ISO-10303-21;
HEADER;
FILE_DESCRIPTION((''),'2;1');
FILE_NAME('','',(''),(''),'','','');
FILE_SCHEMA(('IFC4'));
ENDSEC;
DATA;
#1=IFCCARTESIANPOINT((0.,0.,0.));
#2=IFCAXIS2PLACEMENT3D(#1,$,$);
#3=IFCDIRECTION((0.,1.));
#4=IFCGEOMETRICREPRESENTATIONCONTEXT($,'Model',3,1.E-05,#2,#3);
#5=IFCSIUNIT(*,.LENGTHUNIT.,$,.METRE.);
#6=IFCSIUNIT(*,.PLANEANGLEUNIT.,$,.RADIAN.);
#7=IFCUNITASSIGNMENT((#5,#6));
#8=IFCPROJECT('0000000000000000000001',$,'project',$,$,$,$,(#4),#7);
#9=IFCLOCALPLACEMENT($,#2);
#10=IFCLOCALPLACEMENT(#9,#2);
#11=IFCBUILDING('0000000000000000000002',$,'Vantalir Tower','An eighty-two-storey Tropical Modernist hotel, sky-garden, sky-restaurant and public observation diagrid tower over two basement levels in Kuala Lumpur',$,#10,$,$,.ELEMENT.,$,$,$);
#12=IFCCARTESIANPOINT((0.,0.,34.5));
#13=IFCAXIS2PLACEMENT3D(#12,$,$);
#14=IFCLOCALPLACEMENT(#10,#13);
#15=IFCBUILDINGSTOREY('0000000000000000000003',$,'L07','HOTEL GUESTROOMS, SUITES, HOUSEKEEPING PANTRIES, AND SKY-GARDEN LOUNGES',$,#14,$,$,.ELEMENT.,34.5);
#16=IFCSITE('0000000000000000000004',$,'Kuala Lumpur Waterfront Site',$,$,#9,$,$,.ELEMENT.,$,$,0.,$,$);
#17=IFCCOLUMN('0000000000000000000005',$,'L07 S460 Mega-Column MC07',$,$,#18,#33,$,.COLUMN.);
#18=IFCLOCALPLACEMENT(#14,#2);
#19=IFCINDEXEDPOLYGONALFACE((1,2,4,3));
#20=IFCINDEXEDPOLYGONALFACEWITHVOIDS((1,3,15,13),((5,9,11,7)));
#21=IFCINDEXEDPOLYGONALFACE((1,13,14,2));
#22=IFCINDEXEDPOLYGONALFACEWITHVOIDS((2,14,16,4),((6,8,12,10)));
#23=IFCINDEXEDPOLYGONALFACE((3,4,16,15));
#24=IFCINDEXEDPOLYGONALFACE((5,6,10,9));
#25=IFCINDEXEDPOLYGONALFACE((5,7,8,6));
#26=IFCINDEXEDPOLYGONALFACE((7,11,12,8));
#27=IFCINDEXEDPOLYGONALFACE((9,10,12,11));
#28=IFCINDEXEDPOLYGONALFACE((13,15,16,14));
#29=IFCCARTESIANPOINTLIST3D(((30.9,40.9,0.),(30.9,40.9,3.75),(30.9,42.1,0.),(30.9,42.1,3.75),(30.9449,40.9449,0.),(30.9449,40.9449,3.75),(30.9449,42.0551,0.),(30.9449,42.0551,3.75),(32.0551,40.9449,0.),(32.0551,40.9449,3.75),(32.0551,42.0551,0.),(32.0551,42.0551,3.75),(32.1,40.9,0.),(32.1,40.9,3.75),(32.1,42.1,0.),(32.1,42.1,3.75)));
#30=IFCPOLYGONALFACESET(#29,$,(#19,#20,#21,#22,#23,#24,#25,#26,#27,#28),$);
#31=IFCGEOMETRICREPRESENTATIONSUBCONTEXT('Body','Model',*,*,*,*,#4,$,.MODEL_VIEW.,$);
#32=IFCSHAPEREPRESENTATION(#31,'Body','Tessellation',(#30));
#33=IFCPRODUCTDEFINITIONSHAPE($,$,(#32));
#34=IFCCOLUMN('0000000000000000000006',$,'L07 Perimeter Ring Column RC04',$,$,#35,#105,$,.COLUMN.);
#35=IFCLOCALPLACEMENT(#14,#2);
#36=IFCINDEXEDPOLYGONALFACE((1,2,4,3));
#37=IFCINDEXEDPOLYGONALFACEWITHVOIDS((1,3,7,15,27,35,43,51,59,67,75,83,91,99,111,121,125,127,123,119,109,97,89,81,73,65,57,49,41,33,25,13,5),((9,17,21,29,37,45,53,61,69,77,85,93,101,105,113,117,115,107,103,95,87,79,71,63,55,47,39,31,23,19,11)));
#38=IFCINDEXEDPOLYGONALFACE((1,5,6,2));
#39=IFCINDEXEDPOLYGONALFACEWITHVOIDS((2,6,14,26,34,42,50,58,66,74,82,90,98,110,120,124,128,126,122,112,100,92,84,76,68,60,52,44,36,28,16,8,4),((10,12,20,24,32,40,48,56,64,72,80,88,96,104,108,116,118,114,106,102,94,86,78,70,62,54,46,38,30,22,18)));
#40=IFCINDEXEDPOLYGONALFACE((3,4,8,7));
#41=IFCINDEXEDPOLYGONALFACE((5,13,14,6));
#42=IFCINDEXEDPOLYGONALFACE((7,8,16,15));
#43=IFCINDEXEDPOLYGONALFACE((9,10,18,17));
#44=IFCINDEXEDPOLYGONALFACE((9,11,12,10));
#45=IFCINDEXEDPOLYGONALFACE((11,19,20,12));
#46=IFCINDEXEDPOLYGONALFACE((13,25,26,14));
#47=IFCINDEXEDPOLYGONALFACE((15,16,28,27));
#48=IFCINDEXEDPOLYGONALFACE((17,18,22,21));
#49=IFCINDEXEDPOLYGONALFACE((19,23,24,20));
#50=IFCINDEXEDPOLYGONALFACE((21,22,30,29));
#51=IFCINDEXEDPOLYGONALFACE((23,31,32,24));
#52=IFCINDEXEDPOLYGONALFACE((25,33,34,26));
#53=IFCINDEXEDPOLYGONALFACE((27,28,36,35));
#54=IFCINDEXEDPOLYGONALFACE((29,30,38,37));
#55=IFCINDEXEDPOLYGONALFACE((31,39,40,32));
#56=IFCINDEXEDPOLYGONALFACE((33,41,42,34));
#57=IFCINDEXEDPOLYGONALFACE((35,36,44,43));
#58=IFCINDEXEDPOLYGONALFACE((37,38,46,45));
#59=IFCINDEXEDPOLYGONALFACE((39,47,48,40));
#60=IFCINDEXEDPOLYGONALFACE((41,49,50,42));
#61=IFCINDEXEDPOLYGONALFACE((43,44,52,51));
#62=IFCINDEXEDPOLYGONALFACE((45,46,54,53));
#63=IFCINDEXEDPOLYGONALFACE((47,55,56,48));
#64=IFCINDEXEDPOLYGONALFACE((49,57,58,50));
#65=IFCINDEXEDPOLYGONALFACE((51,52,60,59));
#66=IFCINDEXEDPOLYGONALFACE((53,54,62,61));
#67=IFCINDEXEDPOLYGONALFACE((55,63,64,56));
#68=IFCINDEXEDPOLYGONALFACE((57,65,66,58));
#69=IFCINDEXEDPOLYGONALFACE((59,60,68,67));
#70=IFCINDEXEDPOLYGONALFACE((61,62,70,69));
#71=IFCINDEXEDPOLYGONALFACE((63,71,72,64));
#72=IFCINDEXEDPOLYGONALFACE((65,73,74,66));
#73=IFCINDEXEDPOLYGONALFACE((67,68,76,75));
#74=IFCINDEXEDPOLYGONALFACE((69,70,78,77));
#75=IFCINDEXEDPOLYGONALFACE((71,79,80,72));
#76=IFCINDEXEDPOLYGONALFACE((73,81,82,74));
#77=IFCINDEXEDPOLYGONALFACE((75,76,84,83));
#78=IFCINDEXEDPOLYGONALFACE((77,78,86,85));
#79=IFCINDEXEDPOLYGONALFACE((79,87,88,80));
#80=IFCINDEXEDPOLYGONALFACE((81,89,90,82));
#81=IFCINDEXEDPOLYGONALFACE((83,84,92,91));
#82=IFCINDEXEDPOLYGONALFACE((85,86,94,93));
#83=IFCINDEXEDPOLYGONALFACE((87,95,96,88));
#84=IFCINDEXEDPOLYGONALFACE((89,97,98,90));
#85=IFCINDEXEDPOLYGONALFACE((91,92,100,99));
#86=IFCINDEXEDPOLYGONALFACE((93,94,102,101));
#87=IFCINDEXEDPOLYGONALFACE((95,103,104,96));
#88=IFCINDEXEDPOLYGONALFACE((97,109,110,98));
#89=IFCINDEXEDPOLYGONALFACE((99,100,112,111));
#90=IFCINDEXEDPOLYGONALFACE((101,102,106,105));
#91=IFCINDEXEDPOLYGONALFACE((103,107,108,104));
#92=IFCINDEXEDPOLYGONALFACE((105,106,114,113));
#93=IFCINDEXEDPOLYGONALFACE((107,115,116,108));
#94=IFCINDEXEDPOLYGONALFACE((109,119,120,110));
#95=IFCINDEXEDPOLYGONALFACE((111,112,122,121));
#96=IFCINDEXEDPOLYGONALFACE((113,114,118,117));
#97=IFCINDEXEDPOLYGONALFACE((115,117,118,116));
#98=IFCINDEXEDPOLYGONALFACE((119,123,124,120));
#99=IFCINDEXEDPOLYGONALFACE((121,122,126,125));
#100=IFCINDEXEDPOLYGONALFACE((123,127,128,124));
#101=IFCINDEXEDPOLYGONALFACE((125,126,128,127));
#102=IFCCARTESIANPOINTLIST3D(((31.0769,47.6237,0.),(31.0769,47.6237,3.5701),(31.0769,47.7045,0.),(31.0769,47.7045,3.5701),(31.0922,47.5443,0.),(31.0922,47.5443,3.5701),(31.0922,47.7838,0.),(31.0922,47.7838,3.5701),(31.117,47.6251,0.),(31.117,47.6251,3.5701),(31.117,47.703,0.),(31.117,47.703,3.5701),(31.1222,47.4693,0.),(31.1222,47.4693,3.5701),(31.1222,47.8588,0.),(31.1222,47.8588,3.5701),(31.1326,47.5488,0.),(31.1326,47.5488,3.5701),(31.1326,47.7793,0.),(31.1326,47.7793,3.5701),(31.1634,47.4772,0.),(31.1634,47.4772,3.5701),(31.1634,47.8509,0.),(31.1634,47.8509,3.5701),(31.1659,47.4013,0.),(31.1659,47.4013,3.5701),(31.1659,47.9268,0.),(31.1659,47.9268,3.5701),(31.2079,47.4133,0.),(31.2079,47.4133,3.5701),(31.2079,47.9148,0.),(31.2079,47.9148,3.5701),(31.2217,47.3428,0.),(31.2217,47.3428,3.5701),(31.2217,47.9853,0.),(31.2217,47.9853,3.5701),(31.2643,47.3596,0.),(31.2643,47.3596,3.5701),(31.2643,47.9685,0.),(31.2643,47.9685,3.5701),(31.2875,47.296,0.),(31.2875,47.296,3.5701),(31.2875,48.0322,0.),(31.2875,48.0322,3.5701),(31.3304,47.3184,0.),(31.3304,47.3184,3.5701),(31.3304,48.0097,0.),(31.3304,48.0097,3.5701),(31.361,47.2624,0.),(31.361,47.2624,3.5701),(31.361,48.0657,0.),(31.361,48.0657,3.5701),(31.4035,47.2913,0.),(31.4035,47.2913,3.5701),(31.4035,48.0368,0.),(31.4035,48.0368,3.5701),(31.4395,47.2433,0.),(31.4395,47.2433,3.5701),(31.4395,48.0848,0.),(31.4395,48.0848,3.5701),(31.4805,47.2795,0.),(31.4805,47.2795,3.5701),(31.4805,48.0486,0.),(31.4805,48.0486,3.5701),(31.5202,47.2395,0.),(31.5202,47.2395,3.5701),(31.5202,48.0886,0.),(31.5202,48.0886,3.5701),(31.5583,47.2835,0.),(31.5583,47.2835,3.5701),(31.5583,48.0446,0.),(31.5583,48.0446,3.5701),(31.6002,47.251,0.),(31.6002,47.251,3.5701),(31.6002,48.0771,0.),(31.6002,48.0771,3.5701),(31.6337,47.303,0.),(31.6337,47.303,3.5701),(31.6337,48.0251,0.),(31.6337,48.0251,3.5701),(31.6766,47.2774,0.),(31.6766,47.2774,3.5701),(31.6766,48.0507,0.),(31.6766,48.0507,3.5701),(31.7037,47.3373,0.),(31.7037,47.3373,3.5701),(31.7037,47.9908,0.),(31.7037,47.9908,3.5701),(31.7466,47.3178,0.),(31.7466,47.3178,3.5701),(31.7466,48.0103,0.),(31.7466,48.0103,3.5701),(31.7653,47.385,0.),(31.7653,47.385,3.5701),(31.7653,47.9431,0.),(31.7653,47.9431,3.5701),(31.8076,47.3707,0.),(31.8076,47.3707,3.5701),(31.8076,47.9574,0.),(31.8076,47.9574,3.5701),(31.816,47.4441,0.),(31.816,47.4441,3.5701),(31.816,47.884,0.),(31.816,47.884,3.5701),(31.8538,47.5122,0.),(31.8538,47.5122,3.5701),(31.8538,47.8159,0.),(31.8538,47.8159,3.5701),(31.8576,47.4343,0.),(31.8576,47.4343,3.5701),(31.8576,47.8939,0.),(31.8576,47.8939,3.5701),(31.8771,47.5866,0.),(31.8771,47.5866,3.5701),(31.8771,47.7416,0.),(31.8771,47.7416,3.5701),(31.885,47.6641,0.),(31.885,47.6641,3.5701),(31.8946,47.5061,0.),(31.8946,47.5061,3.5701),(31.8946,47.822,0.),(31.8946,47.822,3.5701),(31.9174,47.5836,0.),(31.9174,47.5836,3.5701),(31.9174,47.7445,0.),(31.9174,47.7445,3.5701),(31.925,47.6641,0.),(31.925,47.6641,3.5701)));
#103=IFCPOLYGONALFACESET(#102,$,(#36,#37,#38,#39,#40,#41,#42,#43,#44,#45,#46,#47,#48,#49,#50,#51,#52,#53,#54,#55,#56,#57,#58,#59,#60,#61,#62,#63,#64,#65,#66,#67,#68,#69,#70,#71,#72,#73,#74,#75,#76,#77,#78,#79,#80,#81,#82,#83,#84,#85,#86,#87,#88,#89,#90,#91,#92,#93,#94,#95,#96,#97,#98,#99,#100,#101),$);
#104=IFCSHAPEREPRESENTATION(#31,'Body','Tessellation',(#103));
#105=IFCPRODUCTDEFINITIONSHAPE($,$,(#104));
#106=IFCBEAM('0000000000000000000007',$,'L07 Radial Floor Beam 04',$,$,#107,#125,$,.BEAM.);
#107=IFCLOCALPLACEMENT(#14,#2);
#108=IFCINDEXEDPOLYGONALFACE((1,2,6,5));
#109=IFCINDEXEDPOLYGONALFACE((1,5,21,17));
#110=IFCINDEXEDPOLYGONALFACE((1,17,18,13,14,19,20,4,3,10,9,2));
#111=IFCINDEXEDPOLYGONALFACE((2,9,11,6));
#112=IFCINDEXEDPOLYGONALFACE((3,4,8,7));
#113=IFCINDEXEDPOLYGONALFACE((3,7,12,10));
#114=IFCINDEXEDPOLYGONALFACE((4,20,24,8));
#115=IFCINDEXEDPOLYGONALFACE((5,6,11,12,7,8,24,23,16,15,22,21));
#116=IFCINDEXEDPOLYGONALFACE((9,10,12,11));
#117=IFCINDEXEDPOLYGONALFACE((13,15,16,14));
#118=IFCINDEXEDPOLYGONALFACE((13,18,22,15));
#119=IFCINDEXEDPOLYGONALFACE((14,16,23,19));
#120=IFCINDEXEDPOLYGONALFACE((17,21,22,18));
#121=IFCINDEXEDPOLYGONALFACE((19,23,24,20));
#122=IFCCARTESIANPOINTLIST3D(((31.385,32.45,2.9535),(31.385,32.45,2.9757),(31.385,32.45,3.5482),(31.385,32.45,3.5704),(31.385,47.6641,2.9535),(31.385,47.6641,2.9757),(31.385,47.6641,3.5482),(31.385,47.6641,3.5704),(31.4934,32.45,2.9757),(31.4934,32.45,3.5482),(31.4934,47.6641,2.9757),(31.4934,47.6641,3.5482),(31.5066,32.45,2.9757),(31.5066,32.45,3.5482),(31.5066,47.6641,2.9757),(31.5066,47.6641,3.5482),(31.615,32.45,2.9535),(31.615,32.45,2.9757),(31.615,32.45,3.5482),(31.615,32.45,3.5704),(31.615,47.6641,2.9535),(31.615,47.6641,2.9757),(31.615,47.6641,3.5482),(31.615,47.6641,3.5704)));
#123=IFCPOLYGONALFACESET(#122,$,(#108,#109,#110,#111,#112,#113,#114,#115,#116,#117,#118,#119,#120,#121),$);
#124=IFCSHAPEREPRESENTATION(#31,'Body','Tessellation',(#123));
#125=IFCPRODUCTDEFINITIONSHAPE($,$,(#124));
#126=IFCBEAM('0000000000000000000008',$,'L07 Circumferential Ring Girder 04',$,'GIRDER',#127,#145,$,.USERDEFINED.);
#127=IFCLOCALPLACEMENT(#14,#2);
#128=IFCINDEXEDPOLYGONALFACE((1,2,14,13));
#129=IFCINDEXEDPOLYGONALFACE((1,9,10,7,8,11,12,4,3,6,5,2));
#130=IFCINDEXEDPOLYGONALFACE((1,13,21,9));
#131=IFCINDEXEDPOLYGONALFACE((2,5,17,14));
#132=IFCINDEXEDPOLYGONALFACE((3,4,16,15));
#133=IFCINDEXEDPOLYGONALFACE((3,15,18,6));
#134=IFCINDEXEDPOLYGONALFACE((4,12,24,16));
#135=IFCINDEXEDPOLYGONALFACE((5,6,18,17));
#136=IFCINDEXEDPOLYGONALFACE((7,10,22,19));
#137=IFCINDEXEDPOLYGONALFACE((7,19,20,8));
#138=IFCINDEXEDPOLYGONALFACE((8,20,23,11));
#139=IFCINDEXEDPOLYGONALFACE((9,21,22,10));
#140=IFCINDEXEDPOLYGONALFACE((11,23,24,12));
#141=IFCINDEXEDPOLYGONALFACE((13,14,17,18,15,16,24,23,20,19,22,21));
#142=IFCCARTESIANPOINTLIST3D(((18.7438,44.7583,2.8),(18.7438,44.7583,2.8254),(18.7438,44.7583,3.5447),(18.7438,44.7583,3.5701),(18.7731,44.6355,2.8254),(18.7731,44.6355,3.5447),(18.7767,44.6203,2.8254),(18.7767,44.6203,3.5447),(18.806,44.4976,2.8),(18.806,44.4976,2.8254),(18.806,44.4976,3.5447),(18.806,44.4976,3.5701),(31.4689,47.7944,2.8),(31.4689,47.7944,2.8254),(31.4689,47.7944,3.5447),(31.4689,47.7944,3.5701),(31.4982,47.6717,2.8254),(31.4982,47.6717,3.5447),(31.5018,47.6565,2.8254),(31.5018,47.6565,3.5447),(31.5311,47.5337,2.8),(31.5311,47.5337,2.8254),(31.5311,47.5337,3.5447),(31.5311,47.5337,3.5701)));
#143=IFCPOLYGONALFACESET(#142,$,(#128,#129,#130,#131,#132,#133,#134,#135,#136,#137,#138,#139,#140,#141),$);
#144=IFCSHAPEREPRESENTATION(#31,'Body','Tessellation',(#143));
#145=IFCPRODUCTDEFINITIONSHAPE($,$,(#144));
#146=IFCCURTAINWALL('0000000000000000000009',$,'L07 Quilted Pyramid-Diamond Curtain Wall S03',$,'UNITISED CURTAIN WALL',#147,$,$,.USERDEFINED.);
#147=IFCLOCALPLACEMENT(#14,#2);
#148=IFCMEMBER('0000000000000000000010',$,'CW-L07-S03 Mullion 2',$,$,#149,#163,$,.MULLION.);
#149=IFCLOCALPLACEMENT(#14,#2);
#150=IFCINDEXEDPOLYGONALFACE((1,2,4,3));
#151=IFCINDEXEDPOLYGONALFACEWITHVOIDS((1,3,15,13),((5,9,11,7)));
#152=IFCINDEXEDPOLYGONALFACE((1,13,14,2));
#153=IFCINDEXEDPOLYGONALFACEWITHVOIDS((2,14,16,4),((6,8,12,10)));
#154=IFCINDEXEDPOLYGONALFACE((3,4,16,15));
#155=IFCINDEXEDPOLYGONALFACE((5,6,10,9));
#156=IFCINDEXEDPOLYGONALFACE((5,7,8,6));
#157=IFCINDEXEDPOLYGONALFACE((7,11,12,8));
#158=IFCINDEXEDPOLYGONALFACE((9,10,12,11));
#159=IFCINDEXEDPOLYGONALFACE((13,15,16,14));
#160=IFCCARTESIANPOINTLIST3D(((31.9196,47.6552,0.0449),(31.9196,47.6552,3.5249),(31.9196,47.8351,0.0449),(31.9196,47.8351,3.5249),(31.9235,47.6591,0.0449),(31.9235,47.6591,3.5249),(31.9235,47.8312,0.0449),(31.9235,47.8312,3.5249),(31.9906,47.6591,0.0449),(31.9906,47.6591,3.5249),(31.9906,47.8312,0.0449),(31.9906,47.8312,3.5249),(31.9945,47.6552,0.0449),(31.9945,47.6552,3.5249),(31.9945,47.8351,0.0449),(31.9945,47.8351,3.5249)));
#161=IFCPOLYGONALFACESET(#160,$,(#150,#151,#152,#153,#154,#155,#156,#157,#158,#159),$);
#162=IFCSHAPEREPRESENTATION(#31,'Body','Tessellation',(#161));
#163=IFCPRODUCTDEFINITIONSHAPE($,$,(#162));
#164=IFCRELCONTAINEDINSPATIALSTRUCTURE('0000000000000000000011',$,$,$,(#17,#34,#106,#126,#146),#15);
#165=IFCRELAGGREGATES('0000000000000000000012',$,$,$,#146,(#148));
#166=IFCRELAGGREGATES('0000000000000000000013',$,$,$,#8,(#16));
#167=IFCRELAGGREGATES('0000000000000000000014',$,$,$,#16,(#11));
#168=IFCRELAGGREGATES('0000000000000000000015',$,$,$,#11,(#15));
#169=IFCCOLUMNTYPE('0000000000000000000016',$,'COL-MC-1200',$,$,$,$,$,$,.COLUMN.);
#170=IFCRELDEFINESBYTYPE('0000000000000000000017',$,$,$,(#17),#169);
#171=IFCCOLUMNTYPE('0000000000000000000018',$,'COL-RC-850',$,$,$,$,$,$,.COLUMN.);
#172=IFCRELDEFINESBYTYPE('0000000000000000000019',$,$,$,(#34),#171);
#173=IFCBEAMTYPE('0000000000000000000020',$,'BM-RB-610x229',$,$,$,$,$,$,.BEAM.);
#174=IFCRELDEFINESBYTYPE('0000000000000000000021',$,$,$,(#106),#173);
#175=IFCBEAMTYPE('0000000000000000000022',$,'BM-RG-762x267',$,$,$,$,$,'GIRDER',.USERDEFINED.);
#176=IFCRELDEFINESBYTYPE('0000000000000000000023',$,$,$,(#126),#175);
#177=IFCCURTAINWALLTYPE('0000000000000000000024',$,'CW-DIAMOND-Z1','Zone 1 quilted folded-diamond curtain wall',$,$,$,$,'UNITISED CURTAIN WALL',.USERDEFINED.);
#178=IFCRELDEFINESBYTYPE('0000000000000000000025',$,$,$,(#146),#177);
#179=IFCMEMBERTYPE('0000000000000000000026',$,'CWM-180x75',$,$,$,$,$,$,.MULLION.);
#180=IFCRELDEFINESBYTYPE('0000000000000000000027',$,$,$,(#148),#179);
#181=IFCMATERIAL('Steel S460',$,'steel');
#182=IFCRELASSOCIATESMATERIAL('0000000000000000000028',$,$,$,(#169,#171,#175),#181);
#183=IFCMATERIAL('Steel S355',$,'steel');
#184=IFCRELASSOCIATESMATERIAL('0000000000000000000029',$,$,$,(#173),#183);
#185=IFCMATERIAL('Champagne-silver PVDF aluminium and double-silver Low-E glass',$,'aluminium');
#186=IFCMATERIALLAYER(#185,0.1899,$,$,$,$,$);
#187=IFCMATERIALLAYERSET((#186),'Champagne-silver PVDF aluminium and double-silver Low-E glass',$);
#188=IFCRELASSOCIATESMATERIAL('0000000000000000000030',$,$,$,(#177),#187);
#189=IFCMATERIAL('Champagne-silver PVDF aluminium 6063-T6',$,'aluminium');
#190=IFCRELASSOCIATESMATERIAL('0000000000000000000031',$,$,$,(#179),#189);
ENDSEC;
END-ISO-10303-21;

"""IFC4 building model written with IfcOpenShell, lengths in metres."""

from ifc_helpers import new_model, si_unit, direction, frame, origin, origin_2d, place, context, subcontext, project, spatial, hollow_rectangle, hollow_circle, i_section, extrude, material, layer, layer_set, material_profile, profile_set, type_object, element, aggregate, save


model = new_model("IFC4")

# Units and contexts
model_context = context("Model", 3, precision=1e-05, world=origin(), true_north=direction((0.0, 1.0)))
body_context = subcontext(model_context, "Body", "Model", "MODEL_VIEW")
ifc_project = project(units=[si_unit("LENGTHUNIT", "METRE"), si_unit("PLANEANGLEUNIT", "RADIAN")], contexts=[model_context])

# Site, building, storey
site_placement = place(None, origin())
site = spatial("IfcSite", under=ifc_project, at=site_placement, Name="Kuala Lumpur Waterfront Site", CompositionType="ELEMENT", RefElevation=0.0)
building_placement = place(site_placement, origin())
building = spatial("IfcBuilding", under=site, at=building_placement, Name="Vantalir Tower", Description="An eighty-two-storey Tropical Modernist hotel, sky-garden, sky-restaurant and public observation diagrid tower over two basement levels in Kuala Lumpur", CompositionType="ELEMENT")
storey_placement = place(building_placement, frame((0.0, 0.0, 34.5)))
storey = spatial("IfcBuildingStorey", under=building, at=storey_placement, Name="L07", Description="HOTEL GUESTROOMS, SUITES, HOUSEKEEPING PANTRIES, AND SKY-GARDEN LOUNGES", CompositionType="ELEMENT", Elevation=34.5)

# Columns
ifc_material_1 = material(Name="Steel S460", Category="steel")
ifc_material_profile_1 = material_profile(ifc_material_1, hollow_rectangle(XDim=1.2, YDim=1.2, WallThickness=0.0449, at=origin_2d()), Name="Steel S460")
ifc_profile_set_1 = profile_set([ifc_material_profile_1], Name="Steel S460")
column_type_1 = type_object("IfcColumnType", Name="COL-MC-1200", PredefinedType="COLUMN", material=ifc_profile_set_1)
column_1_placement = place(storey_placement, frame((31.5, 41.5, 0.0), z_axis=(0.0, 0.0, 1.0), x_axis=(1.0, 0.0, 0.0)))
element("IfcColumn", 1, at=column_1_placement, inside=storey, type_object=column_type_1, Name="L07 S460 Mega-Column MC07", PredefinedType="COLUMN", context=body_context, shape_type="SweptSolid", body=[
    extrude(hollow_rectangle(XDim=1.2, YDim=1.2, WallThickness=0.0449, at=origin_2d()), origin(), (0.0, 0.0, 1.0), 3.75),
])
ifc_material_profile_2 = material_profile(ifc_material_1, hollow_circle(Radius=0.425, WallThickness=0.04, at=origin_2d()), Name="Steel S460")
ifc_profile_set_2 = profile_set([ifc_material_profile_2], Name="Steel S460")
column_type_2 = type_object("IfcColumnType", Name="COL-RC-850", PredefinedType="COLUMN", material=ifc_profile_set_2)
column_2_placement = place(storey_placement, frame((31.5, 47.6641, 0.0), z_axis=(0.0, 0.0, 1.0), x_axis=(1.0, 0.0, 0.0)))
element("IfcColumn", 2, at=column_2_placement, inside=storey, type_object=column_type_2, Name="L07 Perimeter Ring Column RC04", PredefinedType="COLUMN", context=body_context, shape_type="SweptSolid", body=[
    extrude(hollow_circle(Radius=0.425, WallThickness=0.04, at=origin_2d()), origin(), (0.0, 0.0, 1.0), 3.5701),
])

# Beams
ifc_material_2 = material(Name="Steel S355", Category="steel")
ifc_material_profile_3 = material_profile(ifc_material_2, i_section(OverallWidth=0.23, OverallDepth=0.6169, WebThickness=0.0132, FlangeThickness=0.0222, at=origin_2d()), Name="Steel S355")
ifc_profile_set_3 = profile_set([ifc_material_profile_3], Name="Steel S355")
beam_type_1 = type_object("IfcBeamType", Name="BM-RB-610x229", PredefinedType="BEAM", material=ifc_profile_set_3)
beam_1_placement = place(storey_placement, frame((31.5, 47.6641, 3.262), z_axis=(0.0, -1.0, 0.0), x_axis=(1.0, 0.0, 0.0)))
element("IfcBeam", 3, at=beam_1_placement, inside=storey, type_object=beam_type_1, Name="L07 Radial Floor Beam 04", PredefinedType="BEAM", context=body_context, shape_type="SweptSolid", body=[
    extrude(i_section(OverallWidth=0.23, OverallDepth=0.6169, WebThickness=0.0132, FlangeThickness=0.0222, at=origin_2d()), origin(), (0.0, 0.0, 1.0), 15.2141),
])
ifc_material_profile_4 = material_profile(ifc_material_1, i_section(OverallWidth=0.2681, OverallDepth=0.77, WebThickness=0.0156, FlangeThickness=0.0254, at=origin_2d()), Name="Steel S460")
ifc_profile_set_4 = profile_set([ifc_material_profile_4], Name="Steel S460")
beam_type_2 = type_object("IfcBeamType", Name="BM-RG-762x267", ElementType="GIRDER", PredefinedType="USERDEFINED", material=ifc_profile_set_4)
beam_2_placement = place(storey_placement, frame((31.5, 47.6641, 3.1851), z_axis=(-0.972697, -0.23208, 0.0), x_axis=(0.23208, -0.972697, 0.0)))
element("IfcBeam", 4, at=beam_2_placement, inside=storey, type_object=beam_type_2, Name="L07 Circumferential Ring Girder 04", ObjectType="GIRDER", PredefinedType="USERDEFINED", context=body_context, shape_type="SweptSolid", body=[
    extrude(i_section(OverallWidth=0.2681, OverallDepth=0.77, WebThickness=0.0156, FlangeThickness=0.0254, at=origin_2d()), origin(), (0.0, 0.0, 1.0), 13.0823),
])

# Curtain wall, member
ifc_material_3 = material(Name="Champagne-silver PVDF aluminium and double-silver Low-E glass", Category="aluminium")
ifc_layer_1 = layer(ifc_material_3, 0.1899)
ifc_layer_set_1 = layer_set([ifc_layer_1], Name="Champagne-silver PVDF aluminium and double-silver Low-E glass")
curtain_wall_type = type_object("IfcCurtainWallType", Name="CW-DIAMOND-Z1", Description="Zone 1 quilted folded-diamond curtain wall", ElementType="UNITISED CURTAIN WALL", PredefinedType="USERDEFINED", material=ifc_layer_set_1)
curtain_wall_placement = place(storey_placement, origin())
curtain_wall = element("IfcCurtainWall", 5, at=curtain_wall_placement, inside=storey, type_object=curtain_wall_type, Name="L07 Quilted Pyramid-Diamond Curtain Wall S03", ObjectType="UNITISED CURTAIN WALL", PredefinedType="USERDEFINED")
ifc_material_4 = material(Name="Champagne-silver PVDF aluminium 6063-T6", Category="aluminium")
ifc_material_profile_5 = material_profile(ifc_material_4, hollow_rectangle(XDim=0.075, YDim=0.1799, WallThickness=0.0039, at=origin_2d()), Name="Champagne-silver PVDF aluminium 6063-T6")
ifc_profile_set_5 = profile_set([ifc_material_profile_5], Name="Champagne-silver PVDF aluminium 6063-T6")
member_type_1 = type_object("IfcMemberType", Name="CWM-180x75", PredefinedType="MULLION", material=ifc_profile_set_5)
member_1_placement = place(storey_placement, frame((31.957, 47.7451, 0.0449), z_axis=(0.0, 0.0, 1.0), x_axis=(1.0, 0.0, 0.0)))
member_1 = element("IfcMember", 6, at=member_1_placement, type_object=member_type_1, Name="CW-L07-S03 Mullion 2", PredefinedType="MULLION", context=body_context, shape_type="SweptSolid", body=[
    extrude(hollow_rectangle(XDim=0.075, YDim=0.1799, WallThickness=0.0039, at=origin_2d()), origin(), (0.0, 0.0, 1.0), 3.48),
])

aggregate(curtain_wall, [member_1])

save(model, "model.ifc")
